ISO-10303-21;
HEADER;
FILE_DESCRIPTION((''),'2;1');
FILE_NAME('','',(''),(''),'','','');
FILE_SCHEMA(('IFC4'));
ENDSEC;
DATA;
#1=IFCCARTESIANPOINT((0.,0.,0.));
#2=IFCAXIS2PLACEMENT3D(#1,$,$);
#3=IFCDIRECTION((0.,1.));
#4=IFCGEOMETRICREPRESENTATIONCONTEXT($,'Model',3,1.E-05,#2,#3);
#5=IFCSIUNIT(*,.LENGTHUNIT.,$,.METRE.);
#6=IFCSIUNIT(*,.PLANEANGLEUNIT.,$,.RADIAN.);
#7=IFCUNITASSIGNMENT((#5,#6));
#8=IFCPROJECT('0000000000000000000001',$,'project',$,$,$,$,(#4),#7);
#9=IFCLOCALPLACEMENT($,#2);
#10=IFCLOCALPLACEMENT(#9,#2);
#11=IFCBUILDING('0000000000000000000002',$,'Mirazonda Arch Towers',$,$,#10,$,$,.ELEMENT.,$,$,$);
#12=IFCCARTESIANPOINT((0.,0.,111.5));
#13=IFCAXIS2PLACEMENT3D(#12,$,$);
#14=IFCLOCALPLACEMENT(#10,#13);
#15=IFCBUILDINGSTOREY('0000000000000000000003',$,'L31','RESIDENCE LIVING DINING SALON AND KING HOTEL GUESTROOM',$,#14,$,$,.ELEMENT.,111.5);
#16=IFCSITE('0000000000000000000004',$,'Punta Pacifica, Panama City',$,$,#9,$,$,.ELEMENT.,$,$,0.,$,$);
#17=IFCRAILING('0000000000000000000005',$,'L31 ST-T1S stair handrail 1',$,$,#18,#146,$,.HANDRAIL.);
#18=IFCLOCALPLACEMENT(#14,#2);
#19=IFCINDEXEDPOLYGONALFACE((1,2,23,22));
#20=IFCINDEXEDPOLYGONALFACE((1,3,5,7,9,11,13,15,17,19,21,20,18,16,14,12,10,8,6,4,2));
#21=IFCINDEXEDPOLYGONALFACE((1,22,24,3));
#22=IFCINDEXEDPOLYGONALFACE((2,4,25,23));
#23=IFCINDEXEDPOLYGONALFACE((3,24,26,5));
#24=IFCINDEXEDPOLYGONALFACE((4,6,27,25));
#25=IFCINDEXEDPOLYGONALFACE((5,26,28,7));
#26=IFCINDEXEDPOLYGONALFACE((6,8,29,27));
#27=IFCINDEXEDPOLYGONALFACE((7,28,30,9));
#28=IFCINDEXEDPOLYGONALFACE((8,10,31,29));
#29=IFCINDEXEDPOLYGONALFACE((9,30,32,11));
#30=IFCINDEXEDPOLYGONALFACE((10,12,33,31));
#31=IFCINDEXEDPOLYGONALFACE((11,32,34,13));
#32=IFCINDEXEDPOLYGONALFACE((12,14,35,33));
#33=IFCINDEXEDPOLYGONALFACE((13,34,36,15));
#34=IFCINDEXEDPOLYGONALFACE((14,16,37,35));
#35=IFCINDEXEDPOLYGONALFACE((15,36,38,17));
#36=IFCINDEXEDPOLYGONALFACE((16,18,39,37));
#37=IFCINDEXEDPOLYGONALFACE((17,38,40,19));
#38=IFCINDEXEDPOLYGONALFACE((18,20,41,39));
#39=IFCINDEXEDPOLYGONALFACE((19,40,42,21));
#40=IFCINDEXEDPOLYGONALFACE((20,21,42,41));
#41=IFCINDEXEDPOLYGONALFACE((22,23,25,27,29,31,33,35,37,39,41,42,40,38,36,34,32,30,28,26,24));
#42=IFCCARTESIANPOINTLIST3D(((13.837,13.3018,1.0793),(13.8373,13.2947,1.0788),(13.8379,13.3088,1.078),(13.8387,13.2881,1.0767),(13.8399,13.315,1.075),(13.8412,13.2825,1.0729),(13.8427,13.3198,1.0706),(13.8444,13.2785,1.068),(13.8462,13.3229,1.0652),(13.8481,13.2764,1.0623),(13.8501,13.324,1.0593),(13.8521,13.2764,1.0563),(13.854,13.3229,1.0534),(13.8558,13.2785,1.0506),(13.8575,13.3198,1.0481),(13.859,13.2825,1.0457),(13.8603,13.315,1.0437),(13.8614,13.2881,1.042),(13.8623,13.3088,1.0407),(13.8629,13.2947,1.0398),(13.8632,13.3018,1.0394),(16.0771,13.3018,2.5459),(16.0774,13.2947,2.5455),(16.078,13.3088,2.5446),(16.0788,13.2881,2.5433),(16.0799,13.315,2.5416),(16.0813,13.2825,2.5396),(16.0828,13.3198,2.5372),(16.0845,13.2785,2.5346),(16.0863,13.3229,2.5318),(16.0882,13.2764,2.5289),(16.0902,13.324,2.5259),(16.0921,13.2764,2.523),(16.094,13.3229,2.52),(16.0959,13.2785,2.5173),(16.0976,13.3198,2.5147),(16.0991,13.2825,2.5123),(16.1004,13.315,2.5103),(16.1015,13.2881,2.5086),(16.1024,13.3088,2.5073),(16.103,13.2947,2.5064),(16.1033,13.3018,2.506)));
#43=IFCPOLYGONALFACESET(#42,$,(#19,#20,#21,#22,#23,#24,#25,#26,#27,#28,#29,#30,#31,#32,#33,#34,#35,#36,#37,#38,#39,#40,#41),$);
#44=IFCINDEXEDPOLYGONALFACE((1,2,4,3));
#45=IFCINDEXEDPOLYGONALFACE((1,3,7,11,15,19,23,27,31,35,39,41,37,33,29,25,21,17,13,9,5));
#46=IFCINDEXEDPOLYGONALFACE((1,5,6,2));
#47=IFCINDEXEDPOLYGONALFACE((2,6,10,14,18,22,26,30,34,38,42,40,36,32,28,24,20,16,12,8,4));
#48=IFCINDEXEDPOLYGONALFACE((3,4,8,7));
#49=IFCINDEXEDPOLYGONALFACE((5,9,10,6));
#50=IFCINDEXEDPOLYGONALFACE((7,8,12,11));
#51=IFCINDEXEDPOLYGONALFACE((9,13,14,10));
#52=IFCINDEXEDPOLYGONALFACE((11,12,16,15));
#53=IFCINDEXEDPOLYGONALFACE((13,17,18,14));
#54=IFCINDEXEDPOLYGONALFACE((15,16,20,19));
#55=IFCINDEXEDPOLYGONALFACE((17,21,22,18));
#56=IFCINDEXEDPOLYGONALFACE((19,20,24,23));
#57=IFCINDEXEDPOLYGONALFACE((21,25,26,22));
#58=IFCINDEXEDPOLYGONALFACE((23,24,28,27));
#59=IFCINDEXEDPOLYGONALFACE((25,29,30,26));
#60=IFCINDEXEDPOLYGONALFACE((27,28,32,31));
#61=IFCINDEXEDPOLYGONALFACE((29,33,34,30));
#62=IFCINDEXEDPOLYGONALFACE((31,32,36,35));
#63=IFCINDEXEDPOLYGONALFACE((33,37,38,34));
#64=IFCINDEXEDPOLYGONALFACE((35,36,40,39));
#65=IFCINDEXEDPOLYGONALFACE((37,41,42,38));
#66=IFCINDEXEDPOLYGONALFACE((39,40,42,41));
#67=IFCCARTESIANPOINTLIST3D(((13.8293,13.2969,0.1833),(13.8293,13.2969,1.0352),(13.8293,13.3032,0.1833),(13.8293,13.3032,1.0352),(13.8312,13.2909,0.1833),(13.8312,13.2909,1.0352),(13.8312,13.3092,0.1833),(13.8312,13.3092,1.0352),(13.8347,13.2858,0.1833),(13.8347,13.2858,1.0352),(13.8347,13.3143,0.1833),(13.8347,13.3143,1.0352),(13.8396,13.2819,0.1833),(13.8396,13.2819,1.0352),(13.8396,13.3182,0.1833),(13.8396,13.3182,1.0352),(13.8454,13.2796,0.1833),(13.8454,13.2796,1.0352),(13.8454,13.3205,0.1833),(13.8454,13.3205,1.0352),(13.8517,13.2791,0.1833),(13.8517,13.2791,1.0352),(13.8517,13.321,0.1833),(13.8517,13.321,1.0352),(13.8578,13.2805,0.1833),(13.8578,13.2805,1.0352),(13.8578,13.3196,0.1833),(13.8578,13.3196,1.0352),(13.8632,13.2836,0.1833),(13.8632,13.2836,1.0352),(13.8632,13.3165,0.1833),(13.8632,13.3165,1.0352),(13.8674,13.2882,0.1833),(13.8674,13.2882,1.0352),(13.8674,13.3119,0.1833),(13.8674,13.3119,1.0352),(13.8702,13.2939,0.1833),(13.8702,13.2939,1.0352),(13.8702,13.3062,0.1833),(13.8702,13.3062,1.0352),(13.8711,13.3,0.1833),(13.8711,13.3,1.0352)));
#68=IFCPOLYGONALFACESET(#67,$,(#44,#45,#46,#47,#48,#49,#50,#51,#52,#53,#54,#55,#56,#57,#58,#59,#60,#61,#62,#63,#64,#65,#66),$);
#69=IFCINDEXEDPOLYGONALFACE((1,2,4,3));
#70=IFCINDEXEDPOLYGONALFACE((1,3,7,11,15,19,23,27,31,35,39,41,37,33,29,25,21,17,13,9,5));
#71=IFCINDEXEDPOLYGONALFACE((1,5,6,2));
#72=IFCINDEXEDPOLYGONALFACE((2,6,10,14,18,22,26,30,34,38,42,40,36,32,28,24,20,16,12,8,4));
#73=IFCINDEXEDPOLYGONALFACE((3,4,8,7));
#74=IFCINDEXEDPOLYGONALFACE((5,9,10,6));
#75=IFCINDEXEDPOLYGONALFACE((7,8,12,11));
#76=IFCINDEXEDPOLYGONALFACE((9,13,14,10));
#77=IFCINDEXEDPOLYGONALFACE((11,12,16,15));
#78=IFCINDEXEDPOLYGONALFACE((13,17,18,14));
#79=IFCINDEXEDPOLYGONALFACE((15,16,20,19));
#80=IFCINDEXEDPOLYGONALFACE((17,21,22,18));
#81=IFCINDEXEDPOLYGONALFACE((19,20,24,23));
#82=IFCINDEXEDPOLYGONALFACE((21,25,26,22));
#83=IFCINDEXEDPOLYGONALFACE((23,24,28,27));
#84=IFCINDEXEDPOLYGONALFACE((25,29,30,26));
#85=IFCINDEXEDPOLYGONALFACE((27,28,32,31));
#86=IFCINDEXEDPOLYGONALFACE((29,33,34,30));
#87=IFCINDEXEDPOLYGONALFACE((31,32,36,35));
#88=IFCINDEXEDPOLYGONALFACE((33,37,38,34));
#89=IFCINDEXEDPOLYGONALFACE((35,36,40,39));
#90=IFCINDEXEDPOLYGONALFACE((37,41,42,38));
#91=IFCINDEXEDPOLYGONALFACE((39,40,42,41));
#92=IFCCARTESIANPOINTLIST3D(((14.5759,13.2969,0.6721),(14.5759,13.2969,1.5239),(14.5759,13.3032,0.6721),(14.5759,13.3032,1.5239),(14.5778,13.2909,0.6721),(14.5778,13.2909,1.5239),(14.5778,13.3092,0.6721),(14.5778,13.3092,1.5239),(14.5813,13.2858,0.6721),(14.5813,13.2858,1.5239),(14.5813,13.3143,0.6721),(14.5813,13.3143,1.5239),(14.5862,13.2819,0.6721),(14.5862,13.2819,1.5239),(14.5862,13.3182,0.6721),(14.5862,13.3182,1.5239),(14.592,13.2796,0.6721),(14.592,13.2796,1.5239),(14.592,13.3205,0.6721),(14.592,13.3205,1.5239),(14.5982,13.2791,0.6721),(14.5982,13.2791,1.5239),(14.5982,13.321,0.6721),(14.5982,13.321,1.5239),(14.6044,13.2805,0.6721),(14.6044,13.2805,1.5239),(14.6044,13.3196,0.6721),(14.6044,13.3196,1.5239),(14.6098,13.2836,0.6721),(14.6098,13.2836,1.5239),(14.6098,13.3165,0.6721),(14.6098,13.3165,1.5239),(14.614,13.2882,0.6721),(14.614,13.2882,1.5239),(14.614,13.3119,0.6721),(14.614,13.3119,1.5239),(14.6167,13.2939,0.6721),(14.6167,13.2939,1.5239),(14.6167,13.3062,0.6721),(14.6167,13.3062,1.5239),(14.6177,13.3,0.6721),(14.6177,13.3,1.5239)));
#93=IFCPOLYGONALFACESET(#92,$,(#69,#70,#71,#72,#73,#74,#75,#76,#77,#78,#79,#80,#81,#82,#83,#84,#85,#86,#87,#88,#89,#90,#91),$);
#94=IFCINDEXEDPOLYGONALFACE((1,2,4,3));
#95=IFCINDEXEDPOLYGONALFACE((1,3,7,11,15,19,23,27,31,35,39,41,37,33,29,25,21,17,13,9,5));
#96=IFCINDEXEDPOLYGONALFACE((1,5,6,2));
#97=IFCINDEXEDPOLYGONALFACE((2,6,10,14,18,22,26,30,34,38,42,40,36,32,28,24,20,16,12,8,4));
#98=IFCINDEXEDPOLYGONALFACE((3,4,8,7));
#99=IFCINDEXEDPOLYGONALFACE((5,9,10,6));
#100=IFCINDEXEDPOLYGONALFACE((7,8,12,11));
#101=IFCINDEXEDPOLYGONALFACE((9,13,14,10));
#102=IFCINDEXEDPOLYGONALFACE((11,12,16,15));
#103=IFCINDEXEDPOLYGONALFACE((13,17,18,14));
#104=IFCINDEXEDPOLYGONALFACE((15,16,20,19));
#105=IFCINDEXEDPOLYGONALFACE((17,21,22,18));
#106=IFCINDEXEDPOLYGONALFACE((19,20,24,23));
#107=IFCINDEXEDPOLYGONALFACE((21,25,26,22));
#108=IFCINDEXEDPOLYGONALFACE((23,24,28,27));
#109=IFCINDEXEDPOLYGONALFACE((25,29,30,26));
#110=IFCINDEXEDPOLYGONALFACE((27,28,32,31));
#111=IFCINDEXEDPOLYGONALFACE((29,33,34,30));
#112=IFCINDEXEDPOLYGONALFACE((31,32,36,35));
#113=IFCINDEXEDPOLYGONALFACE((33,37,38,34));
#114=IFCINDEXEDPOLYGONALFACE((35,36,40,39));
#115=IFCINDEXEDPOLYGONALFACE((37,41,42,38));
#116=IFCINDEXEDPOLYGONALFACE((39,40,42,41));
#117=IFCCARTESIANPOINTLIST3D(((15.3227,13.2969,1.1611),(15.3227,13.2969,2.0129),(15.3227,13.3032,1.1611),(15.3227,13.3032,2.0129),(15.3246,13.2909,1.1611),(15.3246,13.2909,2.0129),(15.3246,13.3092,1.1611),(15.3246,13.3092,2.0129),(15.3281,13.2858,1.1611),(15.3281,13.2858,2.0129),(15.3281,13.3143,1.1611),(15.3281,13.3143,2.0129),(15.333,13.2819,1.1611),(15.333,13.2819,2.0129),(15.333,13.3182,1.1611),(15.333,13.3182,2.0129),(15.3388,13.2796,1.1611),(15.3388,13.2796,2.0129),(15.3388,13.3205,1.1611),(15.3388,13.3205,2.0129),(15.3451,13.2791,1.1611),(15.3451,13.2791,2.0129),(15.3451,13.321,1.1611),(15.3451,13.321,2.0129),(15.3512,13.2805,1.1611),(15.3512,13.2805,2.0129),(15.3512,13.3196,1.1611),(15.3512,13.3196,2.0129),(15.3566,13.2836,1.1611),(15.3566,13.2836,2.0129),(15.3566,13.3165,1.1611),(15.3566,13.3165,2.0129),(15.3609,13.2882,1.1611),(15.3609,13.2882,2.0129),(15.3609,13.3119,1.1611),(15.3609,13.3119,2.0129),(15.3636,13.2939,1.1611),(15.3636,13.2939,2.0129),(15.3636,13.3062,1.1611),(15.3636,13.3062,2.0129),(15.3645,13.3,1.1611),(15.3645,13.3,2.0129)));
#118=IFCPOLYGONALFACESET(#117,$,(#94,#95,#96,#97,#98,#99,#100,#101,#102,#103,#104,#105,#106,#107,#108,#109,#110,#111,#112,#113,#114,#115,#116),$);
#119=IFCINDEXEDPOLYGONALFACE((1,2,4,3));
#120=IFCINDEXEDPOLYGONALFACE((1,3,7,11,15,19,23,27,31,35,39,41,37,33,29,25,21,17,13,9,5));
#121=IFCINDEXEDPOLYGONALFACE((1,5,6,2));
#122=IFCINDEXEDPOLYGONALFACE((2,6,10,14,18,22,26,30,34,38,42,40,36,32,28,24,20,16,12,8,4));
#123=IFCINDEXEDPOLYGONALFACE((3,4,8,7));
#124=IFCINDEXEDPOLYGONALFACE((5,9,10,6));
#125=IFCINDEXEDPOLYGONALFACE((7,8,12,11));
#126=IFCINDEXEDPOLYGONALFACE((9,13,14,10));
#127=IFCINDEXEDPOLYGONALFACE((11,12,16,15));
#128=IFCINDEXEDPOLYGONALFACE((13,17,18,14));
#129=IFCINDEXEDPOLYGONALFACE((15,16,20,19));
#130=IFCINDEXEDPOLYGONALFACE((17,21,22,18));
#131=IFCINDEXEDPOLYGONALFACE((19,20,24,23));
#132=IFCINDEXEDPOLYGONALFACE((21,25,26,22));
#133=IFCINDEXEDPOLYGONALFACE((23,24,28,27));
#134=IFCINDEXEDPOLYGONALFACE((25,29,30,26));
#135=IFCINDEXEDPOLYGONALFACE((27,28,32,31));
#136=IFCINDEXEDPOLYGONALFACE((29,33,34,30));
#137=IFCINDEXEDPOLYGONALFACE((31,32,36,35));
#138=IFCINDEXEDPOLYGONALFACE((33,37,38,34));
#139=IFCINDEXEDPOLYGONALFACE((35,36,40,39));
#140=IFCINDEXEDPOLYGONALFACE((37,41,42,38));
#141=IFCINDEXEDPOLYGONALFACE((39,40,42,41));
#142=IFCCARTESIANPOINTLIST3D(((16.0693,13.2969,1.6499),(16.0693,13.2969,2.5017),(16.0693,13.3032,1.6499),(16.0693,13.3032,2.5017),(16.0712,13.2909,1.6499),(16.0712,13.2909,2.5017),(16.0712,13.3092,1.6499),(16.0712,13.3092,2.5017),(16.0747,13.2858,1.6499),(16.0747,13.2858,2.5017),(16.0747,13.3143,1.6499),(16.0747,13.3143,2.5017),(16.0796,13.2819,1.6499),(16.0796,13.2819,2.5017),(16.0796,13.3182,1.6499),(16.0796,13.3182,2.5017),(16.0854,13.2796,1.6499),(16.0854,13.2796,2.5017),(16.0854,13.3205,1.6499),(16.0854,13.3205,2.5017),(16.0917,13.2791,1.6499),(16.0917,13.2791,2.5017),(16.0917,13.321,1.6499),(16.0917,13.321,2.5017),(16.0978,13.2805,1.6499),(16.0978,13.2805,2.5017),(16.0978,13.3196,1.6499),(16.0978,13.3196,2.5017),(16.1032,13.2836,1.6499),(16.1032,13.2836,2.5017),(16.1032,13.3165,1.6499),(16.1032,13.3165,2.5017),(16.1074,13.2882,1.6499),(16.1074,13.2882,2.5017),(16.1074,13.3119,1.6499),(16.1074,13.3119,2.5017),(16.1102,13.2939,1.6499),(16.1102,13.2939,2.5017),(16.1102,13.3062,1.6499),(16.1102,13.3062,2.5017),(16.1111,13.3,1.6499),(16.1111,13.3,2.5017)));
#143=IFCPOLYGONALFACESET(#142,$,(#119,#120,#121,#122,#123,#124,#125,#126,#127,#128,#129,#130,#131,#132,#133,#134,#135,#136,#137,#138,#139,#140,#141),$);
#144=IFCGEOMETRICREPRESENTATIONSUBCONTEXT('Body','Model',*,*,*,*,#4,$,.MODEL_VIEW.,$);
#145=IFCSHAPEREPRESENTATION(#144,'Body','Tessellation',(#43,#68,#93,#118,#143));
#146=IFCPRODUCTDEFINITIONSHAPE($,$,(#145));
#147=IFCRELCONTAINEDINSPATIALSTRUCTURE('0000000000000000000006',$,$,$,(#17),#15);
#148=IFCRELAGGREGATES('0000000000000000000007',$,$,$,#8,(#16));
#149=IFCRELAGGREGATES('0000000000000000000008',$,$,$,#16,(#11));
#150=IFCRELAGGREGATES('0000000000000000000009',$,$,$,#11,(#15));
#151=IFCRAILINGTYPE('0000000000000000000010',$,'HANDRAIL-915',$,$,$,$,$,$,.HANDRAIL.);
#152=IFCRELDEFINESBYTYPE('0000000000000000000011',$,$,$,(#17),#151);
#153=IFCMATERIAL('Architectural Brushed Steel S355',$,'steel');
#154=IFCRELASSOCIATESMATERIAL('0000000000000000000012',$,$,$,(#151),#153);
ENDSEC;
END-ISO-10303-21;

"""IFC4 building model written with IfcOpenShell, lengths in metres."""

from ifc_helpers import new_model, si_unit, direction, frame, origin, origin_2d, place, context, subcontext, project, spatial, circle, extrude, material, type_object, element, save


model = new_model("IFC4")

# Units and contexts
model_context = context("Model", 3, precision=1e-05, world=origin(), true_north=direction((0.0, 1.0)))
body_context = subcontext(model_context, "Body", "Model", "MODEL_VIEW")
ifc_project = project(units=[si_unit("LENGTHUNIT", "METRE"), si_unit("PLANEANGLEUNIT", "RADIAN")], contexts=[model_context])

# Site, building, storey
site_placement = place(None, origin())
site = spatial("IfcSite", under=ifc_project, at=site_placement, Name="Punta Pacifica, Panama City", CompositionType="ELEMENT", RefElevation=0.0)
building_placement = place(site_placement, origin())
building = spatial("IfcBuilding", under=site, at=building_placement, Name="Mirazonda Arch Towers", CompositionType="ELEMENT")
storey_placement = place(building_placement, frame((0.0, 0.0, 111.5)))
storey = spatial("IfcBuildingStorey", under=building, at=storey_placement, Name="L31", Description="RESIDENCE LIVING DINING SALON AND KING HOTEL GUESTROOM", CompositionType="ELEMENT", Elevation=111.5)

# Shared definitions
ifc_material_1 = material(Name="Architectural Brushed Steel S355", Category="steel")

# Railing
railing_type_1 = type_object("IfcRailingType", Name="HANDRAIL-915", PredefinedType="HANDRAIL", material=ifc_material_1)
railing_1_placement = place(storey_placement, frame((13.8501, 13.3, 0.1833)))
element("IfcRailing", 1, at=railing_1_placement, inside=storey, type_object=railing_type_1, Name="L31 ST-T1S stair handrail 1", PredefinedType="HANDRAIL", context=body_context, shape_type="SweptSolid", body=[
    extrude(circle(Radius=0.0239, at=origin_2d()), frame((0.0, 0.0, 0.876), z_axis=(0.836637, 0.0, 0.547758), x_axis=(0.0, 1.0, 0.0)), (0.0, 0.0, 1.0), 2.6775),
    extrude(circle(Radius=0.021, at=origin_2d()), origin(), (0.0, 0.0, 1.0), 0.8518),
    extrude(circle(Radius=0.021, at=origin_2d()), frame((0.7466, 0.0, 0.4888)), (0.0, 0.0, 1.0), 0.8518),
    extrude(circle(Radius=0.021, at=origin_2d()), frame((1.4934, 0.0, 0.9778)), (0.0, 0.0, 1.0), 0.8518),
    extrude(circle(Radius=0.021, at=origin_2d()), frame((2.24, 0.0, 1.4666)), (0.0, 0.0, 1.0), 0.8518),
])

save(model, "model.ifc")
